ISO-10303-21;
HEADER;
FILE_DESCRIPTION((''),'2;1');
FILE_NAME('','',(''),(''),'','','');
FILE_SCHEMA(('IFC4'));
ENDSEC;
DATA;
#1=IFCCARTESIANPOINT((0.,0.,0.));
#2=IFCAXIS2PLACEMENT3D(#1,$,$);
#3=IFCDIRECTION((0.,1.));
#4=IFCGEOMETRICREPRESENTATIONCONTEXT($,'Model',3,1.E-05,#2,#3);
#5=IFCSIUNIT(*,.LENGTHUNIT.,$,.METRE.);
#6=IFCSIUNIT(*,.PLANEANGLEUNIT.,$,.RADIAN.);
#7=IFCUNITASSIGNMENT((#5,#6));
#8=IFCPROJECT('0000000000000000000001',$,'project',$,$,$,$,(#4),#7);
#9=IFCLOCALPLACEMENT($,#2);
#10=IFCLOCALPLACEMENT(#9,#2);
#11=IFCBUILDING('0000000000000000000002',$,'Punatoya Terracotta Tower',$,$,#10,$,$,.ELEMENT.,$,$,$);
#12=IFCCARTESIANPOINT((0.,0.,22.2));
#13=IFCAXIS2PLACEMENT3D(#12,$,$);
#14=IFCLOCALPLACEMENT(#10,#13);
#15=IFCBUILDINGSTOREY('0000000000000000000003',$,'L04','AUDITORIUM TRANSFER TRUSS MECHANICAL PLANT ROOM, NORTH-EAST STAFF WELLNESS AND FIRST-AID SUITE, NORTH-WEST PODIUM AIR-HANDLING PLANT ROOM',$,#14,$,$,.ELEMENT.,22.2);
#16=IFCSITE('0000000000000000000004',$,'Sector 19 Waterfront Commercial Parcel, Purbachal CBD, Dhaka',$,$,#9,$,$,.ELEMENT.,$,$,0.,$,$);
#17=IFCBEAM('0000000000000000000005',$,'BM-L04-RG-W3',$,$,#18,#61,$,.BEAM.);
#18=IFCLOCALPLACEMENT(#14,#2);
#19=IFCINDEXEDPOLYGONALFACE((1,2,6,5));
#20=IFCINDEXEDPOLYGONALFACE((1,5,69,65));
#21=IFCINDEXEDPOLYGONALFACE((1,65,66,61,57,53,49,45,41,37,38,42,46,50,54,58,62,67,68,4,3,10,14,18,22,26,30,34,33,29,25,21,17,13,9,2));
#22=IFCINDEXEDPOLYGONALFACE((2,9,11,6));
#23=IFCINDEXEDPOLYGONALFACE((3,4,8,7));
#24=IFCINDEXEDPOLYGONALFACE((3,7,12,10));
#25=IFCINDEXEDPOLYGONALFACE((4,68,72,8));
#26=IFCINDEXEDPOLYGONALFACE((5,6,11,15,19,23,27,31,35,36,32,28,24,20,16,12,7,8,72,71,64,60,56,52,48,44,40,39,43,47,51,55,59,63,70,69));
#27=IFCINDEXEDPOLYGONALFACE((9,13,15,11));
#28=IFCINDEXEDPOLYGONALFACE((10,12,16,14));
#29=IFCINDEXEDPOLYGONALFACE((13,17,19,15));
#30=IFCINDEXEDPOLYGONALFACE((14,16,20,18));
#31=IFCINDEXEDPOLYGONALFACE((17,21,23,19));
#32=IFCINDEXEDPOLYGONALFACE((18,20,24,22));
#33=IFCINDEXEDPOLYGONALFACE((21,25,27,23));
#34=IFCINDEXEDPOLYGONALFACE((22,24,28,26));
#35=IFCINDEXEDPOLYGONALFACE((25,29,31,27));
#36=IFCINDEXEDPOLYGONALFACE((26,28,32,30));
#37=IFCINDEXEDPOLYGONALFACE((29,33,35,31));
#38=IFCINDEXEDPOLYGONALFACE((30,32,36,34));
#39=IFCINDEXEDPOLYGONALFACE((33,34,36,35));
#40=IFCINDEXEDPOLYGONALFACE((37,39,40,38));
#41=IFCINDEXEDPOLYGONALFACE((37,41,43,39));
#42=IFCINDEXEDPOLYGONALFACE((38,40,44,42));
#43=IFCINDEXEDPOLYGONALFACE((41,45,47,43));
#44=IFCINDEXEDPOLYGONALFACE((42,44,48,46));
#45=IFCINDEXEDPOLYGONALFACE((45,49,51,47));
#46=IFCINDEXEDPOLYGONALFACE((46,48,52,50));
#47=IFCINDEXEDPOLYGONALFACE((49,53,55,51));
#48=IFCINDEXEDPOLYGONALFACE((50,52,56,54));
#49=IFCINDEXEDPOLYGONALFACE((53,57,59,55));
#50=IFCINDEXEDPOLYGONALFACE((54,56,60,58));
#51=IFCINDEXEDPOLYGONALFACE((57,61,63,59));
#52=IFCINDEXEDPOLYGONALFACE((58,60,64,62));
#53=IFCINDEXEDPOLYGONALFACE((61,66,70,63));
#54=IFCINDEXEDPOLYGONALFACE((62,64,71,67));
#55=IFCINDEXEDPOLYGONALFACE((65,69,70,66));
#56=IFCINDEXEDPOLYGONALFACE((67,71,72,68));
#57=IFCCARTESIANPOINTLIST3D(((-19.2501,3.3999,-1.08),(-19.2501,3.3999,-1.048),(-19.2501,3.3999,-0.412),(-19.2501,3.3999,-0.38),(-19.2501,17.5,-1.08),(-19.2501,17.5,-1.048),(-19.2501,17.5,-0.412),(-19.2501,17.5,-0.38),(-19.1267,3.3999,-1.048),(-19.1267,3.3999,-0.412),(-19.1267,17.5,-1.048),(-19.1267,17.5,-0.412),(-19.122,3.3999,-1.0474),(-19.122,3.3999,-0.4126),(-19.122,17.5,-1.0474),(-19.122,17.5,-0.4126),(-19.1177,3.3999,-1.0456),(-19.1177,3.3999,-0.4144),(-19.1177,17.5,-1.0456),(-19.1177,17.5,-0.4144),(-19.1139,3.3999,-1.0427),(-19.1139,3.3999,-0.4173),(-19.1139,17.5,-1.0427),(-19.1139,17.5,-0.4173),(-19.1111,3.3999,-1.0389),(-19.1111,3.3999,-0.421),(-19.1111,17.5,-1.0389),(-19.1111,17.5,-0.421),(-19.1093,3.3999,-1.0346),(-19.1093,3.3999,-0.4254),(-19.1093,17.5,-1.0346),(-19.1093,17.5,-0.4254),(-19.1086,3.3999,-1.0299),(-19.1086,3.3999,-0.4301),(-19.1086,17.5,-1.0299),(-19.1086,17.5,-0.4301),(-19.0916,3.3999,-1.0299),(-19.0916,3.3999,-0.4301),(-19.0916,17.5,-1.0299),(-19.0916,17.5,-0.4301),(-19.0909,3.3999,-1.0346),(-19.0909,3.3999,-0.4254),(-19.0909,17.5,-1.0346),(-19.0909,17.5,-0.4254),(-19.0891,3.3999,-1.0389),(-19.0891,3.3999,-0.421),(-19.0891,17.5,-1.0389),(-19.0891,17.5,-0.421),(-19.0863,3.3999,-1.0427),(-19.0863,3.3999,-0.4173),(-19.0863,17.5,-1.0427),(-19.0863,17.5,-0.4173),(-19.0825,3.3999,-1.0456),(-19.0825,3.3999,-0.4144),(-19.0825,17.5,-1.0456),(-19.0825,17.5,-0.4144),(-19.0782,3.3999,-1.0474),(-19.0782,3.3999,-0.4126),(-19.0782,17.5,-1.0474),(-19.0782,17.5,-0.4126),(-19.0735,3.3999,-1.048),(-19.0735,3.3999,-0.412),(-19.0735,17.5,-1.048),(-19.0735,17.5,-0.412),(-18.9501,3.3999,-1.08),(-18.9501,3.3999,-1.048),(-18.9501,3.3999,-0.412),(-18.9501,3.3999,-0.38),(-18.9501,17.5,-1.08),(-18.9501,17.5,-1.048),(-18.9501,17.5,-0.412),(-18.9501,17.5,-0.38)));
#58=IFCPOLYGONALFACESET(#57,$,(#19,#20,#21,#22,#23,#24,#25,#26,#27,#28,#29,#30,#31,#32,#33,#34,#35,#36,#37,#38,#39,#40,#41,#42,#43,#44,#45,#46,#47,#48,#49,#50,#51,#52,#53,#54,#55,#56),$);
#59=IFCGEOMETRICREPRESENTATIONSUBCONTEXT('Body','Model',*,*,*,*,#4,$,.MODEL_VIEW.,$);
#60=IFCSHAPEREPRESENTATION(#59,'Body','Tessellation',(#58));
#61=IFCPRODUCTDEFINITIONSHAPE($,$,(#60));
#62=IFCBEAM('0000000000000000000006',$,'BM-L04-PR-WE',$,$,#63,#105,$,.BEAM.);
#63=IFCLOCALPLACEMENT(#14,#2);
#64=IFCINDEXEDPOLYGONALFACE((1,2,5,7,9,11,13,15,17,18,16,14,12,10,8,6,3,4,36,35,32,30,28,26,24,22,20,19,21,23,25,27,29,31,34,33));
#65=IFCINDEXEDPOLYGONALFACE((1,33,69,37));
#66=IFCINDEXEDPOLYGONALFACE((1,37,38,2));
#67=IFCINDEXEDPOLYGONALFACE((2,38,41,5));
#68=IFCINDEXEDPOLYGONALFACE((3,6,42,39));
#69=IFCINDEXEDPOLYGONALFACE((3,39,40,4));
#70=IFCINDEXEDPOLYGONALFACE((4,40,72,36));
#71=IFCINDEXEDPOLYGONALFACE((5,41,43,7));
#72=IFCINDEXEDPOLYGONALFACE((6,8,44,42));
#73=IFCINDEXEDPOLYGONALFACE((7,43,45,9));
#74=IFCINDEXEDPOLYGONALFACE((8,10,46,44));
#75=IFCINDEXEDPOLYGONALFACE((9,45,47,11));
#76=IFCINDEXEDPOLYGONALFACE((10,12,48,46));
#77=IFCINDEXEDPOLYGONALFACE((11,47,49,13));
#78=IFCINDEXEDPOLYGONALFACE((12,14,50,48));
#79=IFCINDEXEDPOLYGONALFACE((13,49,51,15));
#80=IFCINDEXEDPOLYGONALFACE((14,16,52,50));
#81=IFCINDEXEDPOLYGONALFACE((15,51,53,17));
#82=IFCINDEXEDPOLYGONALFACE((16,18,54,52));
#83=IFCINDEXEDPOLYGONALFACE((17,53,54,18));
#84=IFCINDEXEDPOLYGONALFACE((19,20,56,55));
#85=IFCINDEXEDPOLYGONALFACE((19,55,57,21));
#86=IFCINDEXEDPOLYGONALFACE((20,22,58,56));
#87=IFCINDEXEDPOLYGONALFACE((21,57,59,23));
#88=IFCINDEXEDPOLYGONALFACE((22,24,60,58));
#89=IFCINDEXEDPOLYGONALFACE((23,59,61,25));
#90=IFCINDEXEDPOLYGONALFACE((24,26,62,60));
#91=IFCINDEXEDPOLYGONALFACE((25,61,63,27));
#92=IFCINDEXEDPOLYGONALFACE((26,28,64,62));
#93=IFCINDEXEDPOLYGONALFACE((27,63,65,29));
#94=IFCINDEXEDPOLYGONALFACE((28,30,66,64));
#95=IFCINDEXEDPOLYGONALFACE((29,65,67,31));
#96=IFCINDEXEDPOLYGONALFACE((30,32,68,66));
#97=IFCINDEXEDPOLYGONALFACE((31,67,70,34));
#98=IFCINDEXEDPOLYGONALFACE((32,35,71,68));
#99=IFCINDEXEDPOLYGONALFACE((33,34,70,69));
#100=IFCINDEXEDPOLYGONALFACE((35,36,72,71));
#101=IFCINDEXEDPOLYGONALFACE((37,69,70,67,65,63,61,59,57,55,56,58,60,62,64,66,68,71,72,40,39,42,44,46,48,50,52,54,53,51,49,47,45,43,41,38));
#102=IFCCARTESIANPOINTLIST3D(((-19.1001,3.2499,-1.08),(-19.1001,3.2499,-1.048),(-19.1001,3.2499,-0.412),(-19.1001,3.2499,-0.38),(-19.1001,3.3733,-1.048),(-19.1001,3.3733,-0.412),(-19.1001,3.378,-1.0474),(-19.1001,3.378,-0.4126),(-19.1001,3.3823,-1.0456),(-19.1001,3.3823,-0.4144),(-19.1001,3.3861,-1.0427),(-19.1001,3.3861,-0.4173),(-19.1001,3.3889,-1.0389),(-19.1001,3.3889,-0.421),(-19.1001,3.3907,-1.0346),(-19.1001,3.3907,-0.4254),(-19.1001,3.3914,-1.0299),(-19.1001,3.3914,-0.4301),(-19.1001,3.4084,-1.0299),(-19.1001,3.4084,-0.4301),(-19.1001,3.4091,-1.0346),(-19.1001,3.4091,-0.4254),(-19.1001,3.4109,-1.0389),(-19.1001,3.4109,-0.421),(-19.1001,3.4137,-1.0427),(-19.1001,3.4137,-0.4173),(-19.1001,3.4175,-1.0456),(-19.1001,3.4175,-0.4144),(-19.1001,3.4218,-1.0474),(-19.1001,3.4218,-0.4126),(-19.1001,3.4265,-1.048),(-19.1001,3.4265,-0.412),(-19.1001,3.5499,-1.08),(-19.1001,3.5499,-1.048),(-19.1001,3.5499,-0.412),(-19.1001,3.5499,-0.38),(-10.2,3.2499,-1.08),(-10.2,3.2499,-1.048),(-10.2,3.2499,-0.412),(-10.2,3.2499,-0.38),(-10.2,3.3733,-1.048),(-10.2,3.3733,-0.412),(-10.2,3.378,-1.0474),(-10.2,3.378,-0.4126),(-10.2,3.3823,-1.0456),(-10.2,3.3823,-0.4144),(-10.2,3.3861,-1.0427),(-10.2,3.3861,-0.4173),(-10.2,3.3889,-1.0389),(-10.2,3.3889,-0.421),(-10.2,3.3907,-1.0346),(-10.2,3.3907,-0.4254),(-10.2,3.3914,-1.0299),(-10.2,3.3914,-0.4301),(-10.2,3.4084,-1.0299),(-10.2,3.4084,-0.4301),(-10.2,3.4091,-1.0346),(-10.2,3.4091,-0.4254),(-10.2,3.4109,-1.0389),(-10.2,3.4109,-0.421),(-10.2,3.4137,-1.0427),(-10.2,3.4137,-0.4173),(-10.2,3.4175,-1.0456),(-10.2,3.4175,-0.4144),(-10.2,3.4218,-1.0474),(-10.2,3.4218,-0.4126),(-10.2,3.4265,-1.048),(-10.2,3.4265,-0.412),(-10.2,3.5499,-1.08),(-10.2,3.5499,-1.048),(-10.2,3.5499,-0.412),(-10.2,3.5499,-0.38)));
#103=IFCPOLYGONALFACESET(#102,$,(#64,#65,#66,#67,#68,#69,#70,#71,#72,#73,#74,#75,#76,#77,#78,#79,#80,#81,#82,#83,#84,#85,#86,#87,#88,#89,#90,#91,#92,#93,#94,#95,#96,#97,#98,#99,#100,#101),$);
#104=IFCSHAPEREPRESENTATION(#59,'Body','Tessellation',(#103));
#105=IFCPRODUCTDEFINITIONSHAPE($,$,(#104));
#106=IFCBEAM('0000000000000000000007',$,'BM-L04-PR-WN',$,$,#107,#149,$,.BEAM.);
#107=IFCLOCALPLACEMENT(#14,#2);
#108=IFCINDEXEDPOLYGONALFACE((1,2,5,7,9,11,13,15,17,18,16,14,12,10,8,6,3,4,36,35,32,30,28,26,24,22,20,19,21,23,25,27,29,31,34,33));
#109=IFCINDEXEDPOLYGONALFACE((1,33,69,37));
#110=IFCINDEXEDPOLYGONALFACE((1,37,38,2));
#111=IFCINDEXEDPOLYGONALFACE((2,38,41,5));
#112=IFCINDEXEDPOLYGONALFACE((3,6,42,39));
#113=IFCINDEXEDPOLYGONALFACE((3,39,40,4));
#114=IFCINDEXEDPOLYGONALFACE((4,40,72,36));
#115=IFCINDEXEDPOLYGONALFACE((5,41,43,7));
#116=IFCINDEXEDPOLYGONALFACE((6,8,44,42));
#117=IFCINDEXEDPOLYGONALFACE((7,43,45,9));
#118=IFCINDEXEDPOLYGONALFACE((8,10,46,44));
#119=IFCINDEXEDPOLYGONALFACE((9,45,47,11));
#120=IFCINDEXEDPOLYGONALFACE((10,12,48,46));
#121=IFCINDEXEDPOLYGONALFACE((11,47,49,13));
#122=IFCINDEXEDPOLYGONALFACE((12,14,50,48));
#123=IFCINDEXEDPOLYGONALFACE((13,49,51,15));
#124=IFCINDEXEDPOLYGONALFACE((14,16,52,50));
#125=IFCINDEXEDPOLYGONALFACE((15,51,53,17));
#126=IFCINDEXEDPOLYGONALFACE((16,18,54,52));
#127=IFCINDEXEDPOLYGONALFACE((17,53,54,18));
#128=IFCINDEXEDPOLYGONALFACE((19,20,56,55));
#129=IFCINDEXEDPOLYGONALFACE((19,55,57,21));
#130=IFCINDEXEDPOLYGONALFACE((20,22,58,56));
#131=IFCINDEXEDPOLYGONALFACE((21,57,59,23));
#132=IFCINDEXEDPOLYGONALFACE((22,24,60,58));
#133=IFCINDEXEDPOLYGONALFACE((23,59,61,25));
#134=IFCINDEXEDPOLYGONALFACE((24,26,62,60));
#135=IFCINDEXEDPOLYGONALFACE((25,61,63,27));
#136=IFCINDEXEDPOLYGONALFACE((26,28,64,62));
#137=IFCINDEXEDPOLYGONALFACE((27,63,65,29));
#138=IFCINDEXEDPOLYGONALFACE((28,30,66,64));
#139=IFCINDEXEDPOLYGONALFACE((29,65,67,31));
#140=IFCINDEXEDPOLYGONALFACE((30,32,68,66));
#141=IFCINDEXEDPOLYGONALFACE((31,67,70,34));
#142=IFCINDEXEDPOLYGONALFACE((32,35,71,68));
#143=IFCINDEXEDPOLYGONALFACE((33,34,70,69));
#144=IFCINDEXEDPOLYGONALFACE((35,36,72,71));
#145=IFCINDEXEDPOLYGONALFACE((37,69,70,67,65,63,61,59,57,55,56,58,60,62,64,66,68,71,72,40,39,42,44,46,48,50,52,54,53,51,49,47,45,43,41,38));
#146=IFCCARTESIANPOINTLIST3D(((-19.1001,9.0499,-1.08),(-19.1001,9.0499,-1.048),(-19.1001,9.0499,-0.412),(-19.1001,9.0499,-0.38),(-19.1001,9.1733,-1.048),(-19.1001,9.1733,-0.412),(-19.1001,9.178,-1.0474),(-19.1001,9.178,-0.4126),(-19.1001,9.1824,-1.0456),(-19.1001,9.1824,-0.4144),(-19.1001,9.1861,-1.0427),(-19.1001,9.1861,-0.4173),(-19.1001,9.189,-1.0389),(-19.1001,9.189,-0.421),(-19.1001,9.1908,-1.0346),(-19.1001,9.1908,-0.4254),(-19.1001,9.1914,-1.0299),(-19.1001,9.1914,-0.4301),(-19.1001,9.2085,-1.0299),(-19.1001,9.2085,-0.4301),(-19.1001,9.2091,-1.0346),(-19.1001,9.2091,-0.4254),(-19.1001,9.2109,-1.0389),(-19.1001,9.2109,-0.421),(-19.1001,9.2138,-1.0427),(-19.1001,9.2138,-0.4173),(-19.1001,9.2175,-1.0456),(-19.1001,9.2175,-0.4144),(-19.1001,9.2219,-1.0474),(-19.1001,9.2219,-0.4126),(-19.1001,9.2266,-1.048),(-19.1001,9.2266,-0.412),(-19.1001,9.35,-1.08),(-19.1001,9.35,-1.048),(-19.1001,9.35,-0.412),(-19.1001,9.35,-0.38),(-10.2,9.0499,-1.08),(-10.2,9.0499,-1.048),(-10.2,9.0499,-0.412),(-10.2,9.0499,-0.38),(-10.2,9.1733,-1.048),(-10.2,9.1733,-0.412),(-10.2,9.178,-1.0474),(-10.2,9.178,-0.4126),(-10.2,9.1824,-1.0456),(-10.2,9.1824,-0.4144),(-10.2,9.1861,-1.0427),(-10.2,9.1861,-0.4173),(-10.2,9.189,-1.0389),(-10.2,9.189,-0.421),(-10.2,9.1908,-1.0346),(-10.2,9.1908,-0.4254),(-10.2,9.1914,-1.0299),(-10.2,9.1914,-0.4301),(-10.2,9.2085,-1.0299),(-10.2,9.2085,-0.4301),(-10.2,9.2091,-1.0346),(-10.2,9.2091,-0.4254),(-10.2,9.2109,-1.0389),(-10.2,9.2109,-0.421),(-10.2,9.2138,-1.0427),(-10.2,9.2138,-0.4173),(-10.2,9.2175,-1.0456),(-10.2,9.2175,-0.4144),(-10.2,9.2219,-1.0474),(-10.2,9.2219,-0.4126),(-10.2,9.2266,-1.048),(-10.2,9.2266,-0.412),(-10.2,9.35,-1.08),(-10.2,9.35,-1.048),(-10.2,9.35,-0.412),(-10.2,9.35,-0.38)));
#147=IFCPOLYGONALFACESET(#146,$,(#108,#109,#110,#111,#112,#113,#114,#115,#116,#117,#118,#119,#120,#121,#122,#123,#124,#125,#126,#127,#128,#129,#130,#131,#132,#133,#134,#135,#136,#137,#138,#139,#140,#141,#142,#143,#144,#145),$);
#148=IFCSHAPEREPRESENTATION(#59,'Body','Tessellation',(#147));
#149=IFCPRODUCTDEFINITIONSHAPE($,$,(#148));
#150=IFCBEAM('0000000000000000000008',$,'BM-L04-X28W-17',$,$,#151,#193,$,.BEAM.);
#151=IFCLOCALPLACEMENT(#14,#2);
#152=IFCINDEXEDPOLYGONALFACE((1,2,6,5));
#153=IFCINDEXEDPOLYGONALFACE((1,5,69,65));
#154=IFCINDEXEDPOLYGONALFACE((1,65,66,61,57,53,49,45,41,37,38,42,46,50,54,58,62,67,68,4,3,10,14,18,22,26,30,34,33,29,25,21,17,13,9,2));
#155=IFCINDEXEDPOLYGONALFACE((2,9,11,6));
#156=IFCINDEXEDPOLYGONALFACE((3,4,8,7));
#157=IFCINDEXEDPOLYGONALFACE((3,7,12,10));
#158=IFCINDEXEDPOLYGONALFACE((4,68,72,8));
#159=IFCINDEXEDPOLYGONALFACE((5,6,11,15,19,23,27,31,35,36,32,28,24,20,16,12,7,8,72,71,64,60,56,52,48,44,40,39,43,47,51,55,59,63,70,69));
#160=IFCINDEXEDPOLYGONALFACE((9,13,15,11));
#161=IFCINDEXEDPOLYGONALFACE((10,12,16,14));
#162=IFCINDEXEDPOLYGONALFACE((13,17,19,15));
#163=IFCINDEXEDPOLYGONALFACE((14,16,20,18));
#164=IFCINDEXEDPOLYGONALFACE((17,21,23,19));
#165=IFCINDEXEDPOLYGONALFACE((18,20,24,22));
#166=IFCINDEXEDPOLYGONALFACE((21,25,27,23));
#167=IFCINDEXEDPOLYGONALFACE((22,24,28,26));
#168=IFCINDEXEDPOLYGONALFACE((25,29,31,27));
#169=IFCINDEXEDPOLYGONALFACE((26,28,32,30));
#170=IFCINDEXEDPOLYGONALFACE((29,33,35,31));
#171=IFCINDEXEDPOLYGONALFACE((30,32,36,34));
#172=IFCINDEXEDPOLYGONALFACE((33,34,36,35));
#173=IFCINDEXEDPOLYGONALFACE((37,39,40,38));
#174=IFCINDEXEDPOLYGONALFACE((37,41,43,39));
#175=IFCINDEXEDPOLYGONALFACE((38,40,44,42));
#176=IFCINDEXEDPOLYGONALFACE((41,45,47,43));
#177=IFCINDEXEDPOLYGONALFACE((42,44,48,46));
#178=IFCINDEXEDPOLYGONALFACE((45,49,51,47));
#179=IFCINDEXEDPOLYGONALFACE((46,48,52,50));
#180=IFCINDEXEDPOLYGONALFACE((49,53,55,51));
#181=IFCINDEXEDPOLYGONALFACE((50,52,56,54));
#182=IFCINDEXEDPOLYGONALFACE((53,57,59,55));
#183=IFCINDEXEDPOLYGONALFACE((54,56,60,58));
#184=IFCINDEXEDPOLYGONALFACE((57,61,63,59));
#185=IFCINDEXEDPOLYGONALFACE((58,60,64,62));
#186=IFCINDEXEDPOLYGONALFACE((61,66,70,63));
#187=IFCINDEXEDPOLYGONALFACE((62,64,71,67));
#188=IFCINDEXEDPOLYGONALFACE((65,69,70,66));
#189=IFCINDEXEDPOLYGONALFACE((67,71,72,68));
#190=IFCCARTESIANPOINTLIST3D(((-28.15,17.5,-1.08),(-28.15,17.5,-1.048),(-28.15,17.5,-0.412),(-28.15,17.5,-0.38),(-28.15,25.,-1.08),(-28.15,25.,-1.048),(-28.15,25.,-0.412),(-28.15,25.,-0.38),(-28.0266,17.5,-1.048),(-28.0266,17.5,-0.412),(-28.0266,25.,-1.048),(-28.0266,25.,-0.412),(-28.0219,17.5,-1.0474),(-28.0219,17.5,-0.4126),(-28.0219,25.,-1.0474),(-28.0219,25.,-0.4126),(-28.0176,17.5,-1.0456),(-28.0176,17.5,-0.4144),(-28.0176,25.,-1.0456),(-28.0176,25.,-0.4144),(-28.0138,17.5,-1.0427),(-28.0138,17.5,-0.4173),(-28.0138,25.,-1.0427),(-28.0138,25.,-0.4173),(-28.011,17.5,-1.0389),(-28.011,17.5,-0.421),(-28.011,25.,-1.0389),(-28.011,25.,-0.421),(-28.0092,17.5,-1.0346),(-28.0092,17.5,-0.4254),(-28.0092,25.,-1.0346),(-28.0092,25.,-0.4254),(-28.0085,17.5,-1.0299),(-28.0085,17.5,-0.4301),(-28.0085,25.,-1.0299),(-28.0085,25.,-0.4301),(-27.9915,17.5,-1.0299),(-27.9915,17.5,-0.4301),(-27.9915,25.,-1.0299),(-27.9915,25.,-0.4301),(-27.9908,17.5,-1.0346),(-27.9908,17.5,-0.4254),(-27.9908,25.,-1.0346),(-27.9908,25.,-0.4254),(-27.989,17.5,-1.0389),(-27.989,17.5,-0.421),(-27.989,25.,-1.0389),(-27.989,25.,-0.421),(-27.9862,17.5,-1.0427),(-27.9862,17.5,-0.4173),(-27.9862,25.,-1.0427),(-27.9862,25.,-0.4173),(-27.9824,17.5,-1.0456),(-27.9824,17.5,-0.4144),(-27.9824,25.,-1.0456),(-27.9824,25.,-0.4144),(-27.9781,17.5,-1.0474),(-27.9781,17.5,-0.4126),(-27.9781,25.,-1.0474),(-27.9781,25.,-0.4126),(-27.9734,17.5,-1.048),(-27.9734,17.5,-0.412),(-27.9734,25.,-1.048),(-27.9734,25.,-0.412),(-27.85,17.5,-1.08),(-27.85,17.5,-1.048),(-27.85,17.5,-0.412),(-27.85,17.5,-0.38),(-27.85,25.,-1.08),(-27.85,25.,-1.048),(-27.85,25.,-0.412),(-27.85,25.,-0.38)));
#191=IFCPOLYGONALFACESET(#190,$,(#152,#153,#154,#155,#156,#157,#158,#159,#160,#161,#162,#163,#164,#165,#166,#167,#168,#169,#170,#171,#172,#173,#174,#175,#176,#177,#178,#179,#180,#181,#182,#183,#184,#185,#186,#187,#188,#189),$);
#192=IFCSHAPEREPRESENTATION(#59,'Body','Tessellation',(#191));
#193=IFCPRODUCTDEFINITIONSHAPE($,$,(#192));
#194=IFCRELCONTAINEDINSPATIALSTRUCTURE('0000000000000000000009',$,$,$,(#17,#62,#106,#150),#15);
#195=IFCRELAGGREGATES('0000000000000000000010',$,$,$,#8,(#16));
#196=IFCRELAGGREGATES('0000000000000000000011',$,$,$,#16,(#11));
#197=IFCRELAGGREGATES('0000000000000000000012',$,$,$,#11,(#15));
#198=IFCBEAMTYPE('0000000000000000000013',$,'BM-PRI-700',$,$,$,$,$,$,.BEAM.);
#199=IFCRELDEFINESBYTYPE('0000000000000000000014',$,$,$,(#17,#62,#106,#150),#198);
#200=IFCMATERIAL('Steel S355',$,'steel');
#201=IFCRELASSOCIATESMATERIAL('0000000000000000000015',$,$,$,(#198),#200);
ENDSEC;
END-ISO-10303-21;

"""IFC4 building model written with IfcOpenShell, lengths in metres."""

from ifc_helpers import new_model, si_unit, direction, frame, origin, origin_2d, place, context, subcontext, project, spatial, i_section, extrude, material, material_profile, profile_set, type_object, element, save


model = new_model("IFC4")

# Units and contexts
model_context = context("Model", 3, precision=1e-05, world=origin(), true_north=direction((0.0, 1.0)))
body_context = subcontext(model_context, "Body", "Model", "MODEL_VIEW")
ifc_project = project(units=[si_unit("LENGTHUNIT", "METRE"), si_unit("PLANEANGLEUNIT", "RADIAN")], contexts=[model_context])

# Site, building, storey
site_placement = place(None, origin())
site = spatial("IfcSite", under=ifc_project, at=site_placement, Name="Sector 19 Waterfront Commercial Parcel, Purbachal CBD, Dhaka", CompositionType="ELEMENT", RefElevation=0.0)
building_placement = place(site_placement, origin())
building = spatial("IfcBuilding", under=site, at=building_placement, Name="Punatoya Terracotta Tower", CompositionType="ELEMENT")
storey_placement = place(building_placement, frame((0.0, 0.0, 22.2)))
storey = spatial("IfcBuildingStorey", under=building, at=storey_placement, Name="L04", Description="AUDITORIUM TRANSFER TRUSS MECHANICAL PLANT ROOM, NORTH-EAST STAFF WELLNESS AND FIRST-AID SUITE, NORTH-WEST PODIUM AIR-HANDLING PLANT ROOM", CompositionType="ELEMENT", Elevation=22.2)

# Beams
ifc_material_1 = material(Name="Steel S355", Category="steel")
ifc_material_profile_1 = material_profile(ifc_material_1, i_section(OverallWidth=0.3, OverallDepth=0.7, WebThickness=0.0171, FlangeThickness=0.032, FilletRadius=0.0181, at=origin_2d()))
ifc_profile_set_1 = profile_set([ifc_material_profile_1], Name="Steel S355")
beam_type_1 = type_object("IfcBeamType", Name="BM-PRI-700", PredefinedType="BEAM", material=ifc_profile_set_1)
beam_1_placement = place(storey_placement, frame((-19.1001, 3.3999, -0.73), z_axis=(0.0, 1.0, 0.0), x_axis=(-1.0, 0.0, 0.0)))
element("IfcBeam", 1, at=beam_1_placement, inside=storey, type_object=beam_type_1, Name="BM-L04-RG-W3", PredefinedType="BEAM", context=body_context, shape_type="SweptSolid", body=[
    extrude(i_section(OverallWidth=0.3, OverallDepth=0.7, WebThickness=0.0171, FlangeThickness=0.032, FilletRadius=0.0181, at=origin_2d()), origin(), (0.0, 0.0, 1.0), 14.1001),
])
for number, where, z_axis, x_axis, name in (
    (2, (-19.1001, 3.3999, -0.73), (1.0, 0.0, 0.0), (0.0, 1.0, 0.0), "BM-L04-PR-WE"),
    (3, (-19.1001, 9.2, -0.73), (1.0, 0.0, 0.0), (0.0, 1.0, 0.0), "BM-L04-PR-WN"),
):
    element("IfcBeam", number, at=place(storey_placement, frame(where, z_axis=z_axis, x_axis=x_axis)), inside=storey, type_object=beam_type_1, Name=name, PredefinedType="BEAM", context=body_context, shape_type="SweptSolid", body=[
        extrude(i_section(OverallWidth=0.3, OverallDepth=0.7, WebThickness=0.0171, FlangeThickness=0.032, FilletRadius=0.0181, at=origin_2d()), origin(), (0.0, 0.0, 1.0), 8.9001),
    ])
beam_2_placement = place(storey_placement, frame((-28.0, 17.5, -0.73), z_axis=(0.0, 1.0, 0.0), x_axis=(-1.0, 0.0, 0.0)))
element("IfcBeam", 4, at=beam_2_placement, inside=storey, type_object=beam_type_1, Name="BM-L04-X28W-17", PredefinedType="BEAM", context=body_context, shape_type="SweptSolid", body=[
    extrude(i_section(OverallWidth=0.3, OverallDepth=0.7, WebThickness=0.0171, FlangeThickness=0.032, FilletRadius=0.0181, at=origin_2d()), origin(), (0.0, 0.0, 1.0), 7.5),
])

save(model, "model.ifc")
